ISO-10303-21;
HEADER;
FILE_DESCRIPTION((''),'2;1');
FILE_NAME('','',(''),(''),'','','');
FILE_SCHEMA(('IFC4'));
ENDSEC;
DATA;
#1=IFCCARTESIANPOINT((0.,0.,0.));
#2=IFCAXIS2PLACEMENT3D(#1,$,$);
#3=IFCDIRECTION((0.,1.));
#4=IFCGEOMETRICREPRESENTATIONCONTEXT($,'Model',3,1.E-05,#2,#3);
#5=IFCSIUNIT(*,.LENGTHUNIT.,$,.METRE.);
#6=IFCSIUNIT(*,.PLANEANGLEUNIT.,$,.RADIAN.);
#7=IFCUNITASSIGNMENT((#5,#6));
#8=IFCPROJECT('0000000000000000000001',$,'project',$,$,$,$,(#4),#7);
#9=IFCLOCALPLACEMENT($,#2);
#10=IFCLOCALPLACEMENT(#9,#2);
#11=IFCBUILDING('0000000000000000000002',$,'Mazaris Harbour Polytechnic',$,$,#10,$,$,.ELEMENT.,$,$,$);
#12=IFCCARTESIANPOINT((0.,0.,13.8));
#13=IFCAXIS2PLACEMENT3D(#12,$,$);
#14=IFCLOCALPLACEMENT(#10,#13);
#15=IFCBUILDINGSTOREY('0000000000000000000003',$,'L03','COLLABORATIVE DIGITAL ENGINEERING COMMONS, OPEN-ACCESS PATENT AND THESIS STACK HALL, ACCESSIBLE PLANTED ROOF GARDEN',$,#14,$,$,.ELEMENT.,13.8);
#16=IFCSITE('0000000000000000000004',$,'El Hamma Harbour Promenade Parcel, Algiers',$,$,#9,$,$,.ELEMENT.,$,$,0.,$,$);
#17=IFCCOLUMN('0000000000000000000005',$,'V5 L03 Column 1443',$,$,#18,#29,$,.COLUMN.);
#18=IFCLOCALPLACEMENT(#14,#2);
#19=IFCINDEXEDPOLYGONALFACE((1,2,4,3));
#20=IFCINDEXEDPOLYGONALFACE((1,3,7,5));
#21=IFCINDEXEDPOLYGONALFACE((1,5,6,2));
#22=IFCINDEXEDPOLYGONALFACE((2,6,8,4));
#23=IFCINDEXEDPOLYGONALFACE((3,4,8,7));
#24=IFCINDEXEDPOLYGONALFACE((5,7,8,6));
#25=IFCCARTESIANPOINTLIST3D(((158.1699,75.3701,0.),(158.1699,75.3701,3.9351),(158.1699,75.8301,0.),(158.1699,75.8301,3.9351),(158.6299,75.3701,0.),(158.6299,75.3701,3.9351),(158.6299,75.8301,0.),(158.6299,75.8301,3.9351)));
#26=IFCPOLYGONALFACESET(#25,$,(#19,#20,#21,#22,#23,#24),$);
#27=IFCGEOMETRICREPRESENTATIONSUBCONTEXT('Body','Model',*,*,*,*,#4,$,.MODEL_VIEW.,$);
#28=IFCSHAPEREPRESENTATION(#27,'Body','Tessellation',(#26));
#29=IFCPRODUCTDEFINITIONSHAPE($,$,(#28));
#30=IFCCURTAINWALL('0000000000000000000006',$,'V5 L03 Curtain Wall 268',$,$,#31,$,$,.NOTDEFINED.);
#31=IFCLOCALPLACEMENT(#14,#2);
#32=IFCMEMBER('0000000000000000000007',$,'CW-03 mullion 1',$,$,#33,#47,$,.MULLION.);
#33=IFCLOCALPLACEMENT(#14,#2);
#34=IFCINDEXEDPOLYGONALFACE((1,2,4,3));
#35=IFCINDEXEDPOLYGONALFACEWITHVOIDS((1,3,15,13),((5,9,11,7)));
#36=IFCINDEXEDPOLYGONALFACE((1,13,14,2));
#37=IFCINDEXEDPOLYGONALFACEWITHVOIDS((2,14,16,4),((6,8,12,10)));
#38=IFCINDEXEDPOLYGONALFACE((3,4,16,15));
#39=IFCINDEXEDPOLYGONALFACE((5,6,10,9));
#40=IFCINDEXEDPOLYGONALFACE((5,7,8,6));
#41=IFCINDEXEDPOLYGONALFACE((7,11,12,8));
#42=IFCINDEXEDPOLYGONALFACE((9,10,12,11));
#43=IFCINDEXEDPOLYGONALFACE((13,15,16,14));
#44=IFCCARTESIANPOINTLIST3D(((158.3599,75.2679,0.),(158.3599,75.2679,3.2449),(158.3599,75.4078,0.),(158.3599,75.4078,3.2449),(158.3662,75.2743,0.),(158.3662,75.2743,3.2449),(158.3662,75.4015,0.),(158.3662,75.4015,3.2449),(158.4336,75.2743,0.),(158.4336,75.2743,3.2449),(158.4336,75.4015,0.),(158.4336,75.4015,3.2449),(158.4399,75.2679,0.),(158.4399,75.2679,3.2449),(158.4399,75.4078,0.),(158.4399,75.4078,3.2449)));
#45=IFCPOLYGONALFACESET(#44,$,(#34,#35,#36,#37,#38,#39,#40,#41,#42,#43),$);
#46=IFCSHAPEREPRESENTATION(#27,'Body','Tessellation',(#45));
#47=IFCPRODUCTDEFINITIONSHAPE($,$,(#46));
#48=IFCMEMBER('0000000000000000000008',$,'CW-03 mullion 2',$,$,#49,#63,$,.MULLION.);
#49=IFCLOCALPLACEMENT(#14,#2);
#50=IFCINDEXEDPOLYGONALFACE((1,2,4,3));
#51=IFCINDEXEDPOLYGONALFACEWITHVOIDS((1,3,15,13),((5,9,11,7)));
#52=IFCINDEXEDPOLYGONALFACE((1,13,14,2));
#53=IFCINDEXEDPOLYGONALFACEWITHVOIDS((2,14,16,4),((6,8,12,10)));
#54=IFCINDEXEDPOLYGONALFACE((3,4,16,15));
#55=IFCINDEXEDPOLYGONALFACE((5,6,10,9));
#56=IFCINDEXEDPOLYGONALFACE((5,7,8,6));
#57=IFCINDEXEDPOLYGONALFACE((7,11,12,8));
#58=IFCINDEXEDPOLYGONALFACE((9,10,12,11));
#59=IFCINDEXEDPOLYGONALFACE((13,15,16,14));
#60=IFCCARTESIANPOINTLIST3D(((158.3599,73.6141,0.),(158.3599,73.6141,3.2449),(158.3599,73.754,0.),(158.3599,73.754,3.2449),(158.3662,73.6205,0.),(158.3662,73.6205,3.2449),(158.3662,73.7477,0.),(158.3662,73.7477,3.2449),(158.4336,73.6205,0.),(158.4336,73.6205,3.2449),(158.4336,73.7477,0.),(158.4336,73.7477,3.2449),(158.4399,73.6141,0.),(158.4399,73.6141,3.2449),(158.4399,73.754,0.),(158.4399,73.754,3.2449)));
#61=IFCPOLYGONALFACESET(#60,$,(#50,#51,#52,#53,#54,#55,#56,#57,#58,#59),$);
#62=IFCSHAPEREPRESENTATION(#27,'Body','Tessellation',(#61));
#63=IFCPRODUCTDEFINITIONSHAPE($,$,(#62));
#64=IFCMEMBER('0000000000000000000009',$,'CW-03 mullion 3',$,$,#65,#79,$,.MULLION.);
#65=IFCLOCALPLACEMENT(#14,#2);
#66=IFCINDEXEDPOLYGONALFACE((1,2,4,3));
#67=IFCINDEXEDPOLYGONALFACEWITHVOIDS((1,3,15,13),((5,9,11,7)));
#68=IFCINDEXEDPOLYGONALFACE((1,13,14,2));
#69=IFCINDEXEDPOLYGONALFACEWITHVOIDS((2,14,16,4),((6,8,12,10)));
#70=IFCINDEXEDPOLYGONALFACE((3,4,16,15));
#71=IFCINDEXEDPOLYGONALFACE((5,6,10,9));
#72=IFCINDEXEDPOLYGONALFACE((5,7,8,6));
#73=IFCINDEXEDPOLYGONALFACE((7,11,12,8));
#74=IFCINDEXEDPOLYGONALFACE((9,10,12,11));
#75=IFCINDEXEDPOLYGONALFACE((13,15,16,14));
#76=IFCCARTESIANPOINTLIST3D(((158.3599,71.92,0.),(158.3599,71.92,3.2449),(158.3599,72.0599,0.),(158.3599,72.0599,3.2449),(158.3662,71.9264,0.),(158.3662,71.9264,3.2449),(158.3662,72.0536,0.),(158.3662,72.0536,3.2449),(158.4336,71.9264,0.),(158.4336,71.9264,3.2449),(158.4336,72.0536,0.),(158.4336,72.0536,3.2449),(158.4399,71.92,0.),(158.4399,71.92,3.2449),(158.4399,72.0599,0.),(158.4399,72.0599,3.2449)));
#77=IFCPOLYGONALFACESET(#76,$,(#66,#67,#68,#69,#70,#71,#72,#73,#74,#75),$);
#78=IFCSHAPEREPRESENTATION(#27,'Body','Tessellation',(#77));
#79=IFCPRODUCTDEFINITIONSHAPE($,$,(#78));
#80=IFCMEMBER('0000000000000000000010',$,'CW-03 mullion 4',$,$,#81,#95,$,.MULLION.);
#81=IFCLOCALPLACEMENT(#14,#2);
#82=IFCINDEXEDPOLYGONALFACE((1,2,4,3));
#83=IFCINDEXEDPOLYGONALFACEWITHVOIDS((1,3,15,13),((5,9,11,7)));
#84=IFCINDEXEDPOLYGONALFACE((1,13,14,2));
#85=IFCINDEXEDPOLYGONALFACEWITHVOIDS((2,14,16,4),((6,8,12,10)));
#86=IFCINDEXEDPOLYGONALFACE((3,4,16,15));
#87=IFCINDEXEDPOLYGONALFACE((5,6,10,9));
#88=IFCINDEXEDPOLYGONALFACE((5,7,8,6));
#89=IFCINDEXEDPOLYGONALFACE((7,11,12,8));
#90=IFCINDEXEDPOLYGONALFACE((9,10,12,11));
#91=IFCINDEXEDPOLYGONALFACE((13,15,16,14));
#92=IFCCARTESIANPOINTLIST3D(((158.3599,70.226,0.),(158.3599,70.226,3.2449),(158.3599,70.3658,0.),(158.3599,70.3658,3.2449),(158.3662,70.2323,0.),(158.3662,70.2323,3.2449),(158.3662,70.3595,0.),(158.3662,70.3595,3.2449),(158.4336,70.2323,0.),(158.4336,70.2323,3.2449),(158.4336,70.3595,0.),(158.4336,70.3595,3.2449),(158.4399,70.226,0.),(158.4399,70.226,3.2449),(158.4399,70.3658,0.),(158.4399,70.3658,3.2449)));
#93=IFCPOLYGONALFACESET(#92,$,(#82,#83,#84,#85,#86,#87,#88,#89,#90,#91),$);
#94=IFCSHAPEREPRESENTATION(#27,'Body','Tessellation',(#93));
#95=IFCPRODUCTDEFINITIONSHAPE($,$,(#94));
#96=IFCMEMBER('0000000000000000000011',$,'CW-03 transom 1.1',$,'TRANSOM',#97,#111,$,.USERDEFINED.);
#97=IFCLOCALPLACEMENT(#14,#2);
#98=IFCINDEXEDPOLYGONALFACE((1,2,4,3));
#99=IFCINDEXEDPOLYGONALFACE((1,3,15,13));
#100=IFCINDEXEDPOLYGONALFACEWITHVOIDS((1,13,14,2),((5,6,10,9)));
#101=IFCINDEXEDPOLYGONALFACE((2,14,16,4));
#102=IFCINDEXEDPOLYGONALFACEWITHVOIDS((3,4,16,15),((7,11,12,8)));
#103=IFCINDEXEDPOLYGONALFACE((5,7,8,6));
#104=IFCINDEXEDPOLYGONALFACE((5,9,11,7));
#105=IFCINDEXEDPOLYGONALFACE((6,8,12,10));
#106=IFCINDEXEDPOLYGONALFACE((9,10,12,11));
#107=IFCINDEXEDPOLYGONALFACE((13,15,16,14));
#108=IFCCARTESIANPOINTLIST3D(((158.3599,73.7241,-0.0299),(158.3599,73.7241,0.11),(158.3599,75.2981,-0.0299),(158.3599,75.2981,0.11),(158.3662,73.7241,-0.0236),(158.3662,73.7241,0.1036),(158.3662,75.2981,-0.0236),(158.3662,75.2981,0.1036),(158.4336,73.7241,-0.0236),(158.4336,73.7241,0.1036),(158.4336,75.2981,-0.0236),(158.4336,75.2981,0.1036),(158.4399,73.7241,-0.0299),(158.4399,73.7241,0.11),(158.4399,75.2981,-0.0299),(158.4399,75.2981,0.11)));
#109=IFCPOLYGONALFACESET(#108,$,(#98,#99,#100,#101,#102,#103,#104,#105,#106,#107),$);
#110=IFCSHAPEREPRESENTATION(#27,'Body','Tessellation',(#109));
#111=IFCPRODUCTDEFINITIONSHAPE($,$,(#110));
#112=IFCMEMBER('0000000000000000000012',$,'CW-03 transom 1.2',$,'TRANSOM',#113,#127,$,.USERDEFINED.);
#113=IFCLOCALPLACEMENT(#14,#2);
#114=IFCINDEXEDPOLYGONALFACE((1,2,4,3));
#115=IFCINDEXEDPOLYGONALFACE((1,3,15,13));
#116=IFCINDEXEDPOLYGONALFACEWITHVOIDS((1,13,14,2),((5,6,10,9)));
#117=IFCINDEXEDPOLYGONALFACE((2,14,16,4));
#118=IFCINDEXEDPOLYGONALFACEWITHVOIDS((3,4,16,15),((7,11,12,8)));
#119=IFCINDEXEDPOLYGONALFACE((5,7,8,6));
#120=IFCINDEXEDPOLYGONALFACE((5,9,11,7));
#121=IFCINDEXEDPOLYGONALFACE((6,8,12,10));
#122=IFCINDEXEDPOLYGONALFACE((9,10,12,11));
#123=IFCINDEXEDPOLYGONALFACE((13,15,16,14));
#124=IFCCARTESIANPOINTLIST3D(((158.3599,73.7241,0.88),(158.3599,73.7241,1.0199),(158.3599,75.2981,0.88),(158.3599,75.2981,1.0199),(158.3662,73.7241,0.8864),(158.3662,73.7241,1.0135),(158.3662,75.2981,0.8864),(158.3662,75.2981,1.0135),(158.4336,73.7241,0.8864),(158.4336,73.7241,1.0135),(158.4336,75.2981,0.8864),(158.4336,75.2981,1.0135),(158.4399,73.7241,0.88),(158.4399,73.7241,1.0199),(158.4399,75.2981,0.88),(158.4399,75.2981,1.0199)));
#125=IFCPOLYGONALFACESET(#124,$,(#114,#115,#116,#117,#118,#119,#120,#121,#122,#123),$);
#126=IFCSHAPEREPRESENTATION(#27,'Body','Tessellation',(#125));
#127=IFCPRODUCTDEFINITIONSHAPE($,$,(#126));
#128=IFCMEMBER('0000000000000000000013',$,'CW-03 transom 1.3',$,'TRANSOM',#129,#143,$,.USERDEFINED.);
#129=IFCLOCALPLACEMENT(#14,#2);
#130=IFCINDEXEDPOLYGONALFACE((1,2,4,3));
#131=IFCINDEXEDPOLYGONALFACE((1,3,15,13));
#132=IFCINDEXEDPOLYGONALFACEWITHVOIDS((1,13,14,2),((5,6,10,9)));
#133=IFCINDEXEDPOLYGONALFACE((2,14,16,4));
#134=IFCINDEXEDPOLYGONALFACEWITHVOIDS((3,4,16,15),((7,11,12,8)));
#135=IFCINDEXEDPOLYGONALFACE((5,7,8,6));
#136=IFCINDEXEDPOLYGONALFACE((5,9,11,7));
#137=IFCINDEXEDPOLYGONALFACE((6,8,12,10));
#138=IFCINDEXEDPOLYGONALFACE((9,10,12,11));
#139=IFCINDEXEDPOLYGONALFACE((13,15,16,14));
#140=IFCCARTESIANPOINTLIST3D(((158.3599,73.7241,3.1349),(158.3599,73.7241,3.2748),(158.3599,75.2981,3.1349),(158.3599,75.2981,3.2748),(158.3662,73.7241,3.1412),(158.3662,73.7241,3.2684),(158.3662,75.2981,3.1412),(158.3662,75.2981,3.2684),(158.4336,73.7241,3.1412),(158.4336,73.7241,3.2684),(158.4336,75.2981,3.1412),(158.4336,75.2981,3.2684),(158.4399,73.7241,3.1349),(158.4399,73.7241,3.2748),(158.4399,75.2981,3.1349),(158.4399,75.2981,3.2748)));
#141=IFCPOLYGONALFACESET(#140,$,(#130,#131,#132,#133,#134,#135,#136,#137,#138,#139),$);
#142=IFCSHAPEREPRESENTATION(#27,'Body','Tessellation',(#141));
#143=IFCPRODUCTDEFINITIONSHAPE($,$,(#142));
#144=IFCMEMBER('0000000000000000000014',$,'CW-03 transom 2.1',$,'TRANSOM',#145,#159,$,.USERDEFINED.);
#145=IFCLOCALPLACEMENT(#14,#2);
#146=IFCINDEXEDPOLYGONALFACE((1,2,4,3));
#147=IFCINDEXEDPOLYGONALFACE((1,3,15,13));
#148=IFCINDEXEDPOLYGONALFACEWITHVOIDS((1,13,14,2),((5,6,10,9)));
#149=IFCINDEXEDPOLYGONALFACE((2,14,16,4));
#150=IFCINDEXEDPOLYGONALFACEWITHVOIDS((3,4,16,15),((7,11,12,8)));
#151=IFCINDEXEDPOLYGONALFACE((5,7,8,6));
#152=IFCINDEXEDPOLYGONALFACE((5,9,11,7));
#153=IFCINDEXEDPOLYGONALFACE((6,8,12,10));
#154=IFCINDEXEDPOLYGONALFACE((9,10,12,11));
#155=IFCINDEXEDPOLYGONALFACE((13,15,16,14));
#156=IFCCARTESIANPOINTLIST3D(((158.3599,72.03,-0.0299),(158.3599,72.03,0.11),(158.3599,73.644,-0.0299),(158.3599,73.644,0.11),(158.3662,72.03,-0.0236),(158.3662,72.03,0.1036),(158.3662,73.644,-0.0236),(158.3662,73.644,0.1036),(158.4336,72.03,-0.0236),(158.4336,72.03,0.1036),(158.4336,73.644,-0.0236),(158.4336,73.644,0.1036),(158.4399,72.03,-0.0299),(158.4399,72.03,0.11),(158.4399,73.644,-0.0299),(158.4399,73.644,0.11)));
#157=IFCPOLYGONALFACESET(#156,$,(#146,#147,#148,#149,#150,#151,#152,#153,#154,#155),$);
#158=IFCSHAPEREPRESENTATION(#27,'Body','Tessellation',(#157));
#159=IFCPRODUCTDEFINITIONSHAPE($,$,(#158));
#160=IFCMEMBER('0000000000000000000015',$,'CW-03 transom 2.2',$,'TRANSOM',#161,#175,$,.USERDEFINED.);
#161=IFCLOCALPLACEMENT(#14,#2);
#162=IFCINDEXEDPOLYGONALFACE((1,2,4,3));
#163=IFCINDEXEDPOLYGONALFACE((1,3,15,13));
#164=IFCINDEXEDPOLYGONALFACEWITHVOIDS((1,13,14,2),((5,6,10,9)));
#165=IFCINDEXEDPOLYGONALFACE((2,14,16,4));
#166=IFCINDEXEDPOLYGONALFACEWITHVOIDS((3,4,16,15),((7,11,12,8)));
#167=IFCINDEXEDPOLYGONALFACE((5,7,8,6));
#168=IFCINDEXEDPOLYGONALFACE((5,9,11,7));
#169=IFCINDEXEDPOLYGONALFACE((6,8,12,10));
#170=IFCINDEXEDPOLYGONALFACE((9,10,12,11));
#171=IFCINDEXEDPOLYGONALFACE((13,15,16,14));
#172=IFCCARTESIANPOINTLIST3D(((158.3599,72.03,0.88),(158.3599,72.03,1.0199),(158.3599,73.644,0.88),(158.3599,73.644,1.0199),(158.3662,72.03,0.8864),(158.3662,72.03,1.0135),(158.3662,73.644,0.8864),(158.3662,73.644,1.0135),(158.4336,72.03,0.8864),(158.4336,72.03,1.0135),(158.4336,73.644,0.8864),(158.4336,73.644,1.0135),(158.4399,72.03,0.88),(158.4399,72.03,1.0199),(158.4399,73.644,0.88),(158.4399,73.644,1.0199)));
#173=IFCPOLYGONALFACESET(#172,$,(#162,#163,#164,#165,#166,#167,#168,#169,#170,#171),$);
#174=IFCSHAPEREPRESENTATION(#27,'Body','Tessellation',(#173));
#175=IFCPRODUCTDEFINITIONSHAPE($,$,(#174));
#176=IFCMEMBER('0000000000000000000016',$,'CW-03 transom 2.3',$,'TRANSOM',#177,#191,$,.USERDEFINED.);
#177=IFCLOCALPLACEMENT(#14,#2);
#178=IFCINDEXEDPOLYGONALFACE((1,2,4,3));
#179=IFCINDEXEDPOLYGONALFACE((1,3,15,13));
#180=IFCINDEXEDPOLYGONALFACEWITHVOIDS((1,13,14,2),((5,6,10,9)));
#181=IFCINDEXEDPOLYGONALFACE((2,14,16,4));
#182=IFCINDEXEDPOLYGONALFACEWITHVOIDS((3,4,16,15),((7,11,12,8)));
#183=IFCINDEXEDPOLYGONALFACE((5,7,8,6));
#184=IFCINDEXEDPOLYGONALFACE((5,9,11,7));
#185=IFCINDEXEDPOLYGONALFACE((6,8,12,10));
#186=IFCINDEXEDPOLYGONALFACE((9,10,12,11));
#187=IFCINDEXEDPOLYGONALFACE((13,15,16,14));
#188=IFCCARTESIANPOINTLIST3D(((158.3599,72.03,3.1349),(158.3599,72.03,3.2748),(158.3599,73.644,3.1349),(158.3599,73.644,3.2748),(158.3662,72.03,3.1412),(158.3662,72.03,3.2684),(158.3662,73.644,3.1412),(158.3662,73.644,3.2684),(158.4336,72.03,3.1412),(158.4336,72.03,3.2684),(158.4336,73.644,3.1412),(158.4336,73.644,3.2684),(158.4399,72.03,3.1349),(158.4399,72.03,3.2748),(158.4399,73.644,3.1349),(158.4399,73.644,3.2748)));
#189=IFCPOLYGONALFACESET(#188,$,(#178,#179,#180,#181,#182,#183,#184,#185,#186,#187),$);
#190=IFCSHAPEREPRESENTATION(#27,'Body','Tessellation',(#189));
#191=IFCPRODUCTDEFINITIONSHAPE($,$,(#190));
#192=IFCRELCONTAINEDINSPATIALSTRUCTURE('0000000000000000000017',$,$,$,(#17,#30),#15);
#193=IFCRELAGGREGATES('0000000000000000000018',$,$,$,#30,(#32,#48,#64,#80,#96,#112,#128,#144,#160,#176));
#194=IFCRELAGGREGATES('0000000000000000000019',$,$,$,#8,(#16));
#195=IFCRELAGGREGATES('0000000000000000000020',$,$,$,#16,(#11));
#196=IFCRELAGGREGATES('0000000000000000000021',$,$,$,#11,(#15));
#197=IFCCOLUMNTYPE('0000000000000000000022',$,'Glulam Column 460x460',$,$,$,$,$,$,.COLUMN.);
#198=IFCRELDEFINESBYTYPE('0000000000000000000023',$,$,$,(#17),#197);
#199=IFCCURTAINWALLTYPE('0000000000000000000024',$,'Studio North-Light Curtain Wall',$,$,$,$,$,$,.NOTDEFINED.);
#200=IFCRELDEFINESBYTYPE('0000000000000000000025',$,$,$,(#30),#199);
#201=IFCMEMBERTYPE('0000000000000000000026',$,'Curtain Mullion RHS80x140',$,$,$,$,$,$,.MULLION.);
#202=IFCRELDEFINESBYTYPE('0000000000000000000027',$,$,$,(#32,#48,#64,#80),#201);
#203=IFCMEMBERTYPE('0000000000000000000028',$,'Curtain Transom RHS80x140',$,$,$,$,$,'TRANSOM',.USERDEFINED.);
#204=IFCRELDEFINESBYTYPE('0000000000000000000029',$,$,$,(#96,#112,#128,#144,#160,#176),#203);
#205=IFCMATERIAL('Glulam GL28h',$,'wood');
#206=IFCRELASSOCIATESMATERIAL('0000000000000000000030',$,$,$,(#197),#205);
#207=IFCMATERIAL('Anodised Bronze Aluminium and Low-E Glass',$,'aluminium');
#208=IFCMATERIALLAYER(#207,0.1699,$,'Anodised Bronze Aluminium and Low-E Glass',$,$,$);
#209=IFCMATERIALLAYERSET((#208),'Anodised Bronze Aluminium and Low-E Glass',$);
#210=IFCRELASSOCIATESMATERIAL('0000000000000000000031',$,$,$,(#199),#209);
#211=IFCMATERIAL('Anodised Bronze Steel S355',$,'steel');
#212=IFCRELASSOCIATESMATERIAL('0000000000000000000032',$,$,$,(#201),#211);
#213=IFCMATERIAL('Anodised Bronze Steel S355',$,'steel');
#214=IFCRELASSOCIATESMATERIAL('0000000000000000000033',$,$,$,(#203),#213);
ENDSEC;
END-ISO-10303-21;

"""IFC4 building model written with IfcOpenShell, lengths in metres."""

from ifc_helpers import new_model, si_unit, direction, frame, origin, origin_2d, place, context, subcontext, project, spatial, rectangle, hollow_rectangle, extrude, material, layer, layer_set, material_profile, profile_set, type_object, element, aggregate, save


model = new_model("IFC4")

# Units and contexts
model_context = context("Model", 3, precision=1e-05, world=origin(), true_north=direction((0.0, 1.0)))
body_context = subcontext(model_context, "Body", "Model", "MODEL_VIEW")
ifc_project = project(units=[si_unit("LENGTHUNIT", "METRE"), si_unit("PLANEANGLEUNIT", "RADIAN")], contexts=[model_context])

# Site, building, storey
site_placement = place(None, origin())
site = spatial("IfcSite", under=ifc_project, at=site_placement, Name="El Hamma Harbour Promenade Parcel, Algiers", CompositionType="ELEMENT", RefElevation=0.0)
building_placement = place(site_placement, origin())
building = spatial("IfcBuilding", under=site, at=building_placement, Name="Mazaris Harbour Polytechnic", CompositionType="ELEMENT")
storey_placement = place(building_placement, frame((0.0, 0.0, 13.8)))
storey = spatial("IfcBuildingStorey", under=building, at=storey_placement, Name="L03", Description="COLLABORATIVE DIGITAL ENGINEERING COMMONS, OPEN-ACCESS PATENT AND THESIS STACK HALL, ACCESSIBLE PLANTED ROOF GARDEN", CompositionType="ELEMENT", Elevation=13.8)

# Column
ifc_material_1 = material(Name="Glulam GL28h", Category="wood")
ifc_material_profile_1 = material_profile(ifc_material_1, rectangle(XDim=0.46, YDim=0.46, at=origin_2d()), Name="RECT460x460")
ifc_profile_set_1 = profile_set([ifc_material_profile_1], Name="Glulam GL28h")
column_type = type_object("IfcColumnType", Name="Glulam Column 460x460", PredefinedType="COLUMN", material=ifc_profile_set_1)
column_placement = place(storey_placement, frame((158.3999, 75.6001, 0.0), z_axis=(0.0, 0.0, 1.0), x_axis=(1.0, 0.0, 0.0)))
element("IfcColumn", 1, at=column_placement, inside=storey, type_object=column_type, Name="V5 L03 Column 1443", PredefinedType="COLUMN", context=body_context, shape_type="SweptSolid", body=[
    extrude(rectangle(XDim=0.46, YDim=0.46, at=origin_2d()), origin(), (0.0, 0.0, 1.0), 3.9351),
])

# Curtain wall, members
ifc_material_2 = material(Name="Anodised Bronze Aluminium and Low-E Glass", Category="aluminium")
ifc_layer_1 = layer(ifc_material_2, 0.1699, Name="Anodised Bronze Aluminium and Low-E Glass")
ifc_layer_set_1 = layer_set([ifc_layer_1], Name="Anodised Bronze Aluminium and Low-E Glass")
curtain_wall_type = type_object("IfcCurtainWallType", Name="Studio North-Light Curtain Wall", PredefinedType="NOTDEFINED", material=ifc_layer_set_1)
curtain_wall_placement = place(storey_placement, origin())
curtain_wall = element("IfcCurtainWall", 2, at=curtain_wall_placement, inside=storey, type_object=curtain_wall_type, Name="V5 L03 Curtain Wall 268", PredefinedType="NOTDEFINED")
ifc_material_3 = material(Name="Anodised Bronze Steel S355", Category="steel")
ifc_material_profile_2 = material_profile(ifc_material_3, hollow_rectangle(XDim=0.0801, YDim=0.1399, WallThickness=0.0063, at=origin_2d()), Name="RHS 80x140x6.3")
ifc_profile_set_2 = profile_set([ifc_material_profile_2], Name="Anodised Bronze Steel S355")
member_type_1 = type_object("IfcMemberType", Name="Curtain Mullion RHS80x140", PredefinedType="MULLION", material=ifc_profile_set_2)
member_1_placement = place(storey_placement, frame((158.3999, 75.3379, 0.0), z_axis=(0.0, 0.0, 1.0), x_axis=(1.0, 0.0, 0.0)))
member_1 = element("IfcMember", 3, at=member_1_placement, type_object=member_type_1, Name="CW-03 mullion 1", PredefinedType="MULLION", context=body_context, shape_type="SweptSolid", body=[
    extrude(hollow_rectangle(XDim=0.0801, YDim=0.1399, WallThickness=0.0063, at=origin_2d()), origin(), (0.0, 0.0, 1.0), 3.2449),
])
member_2_placement = place(storey_placement, frame((158.3999, 73.6841, 0.0), z_axis=(0.0, 0.0, 1.0), x_axis=(1.0, 0.0, 0.0)))
member_2 = element("IfcMember", 4, at=member_2_placement, type_object=member_type_1, Name="CW-03 mullion 2", PredefinedType="MULLION", context=body_context, shape_type="SweptSolid", body=[
    extrude(hollow_rectangle(XDim=0.0801, YDim=0.1399, WallThickness=0.0063, at=origin_2d()), origin(), (0.0, 0.0, 1.0), 3.2449),
])
member_3_placement = place(storey_placement, frame((158.3999, 71.99, 0.0), z_axis=(0.0, 0.0, 1.0), x_axis=(1.0, 0.0, 0.0)))
member_3 = element("IfcMember", 5, at=member_3_placement, type_object=member_type_1, Name="CW-03 mullion 3", PredefinedType="MULLION", context=body_context, shape_type="SweptSolid", body=[
    extrude(hollow_rectangle(XDim=0.0801, YDim=0.1399, WallThickness=0.0063, at=origin_2d()), origin(), (0.0, 0.0, 1.0), 3.2449),
])
member_4_placement = place(storey_placement, frame((158.3999, 70.2959, 0.0), z_axis=(0.0, 0.0, 1.0), x_axis=(1.0, 0.0, 0.0)))
member_4 = element("IfcMember", 6, at=member_4_placement, type_object=member_type_1, Name="CW-03 mullion 4", PredefinedType="MULLION", context=body_context, shape_type="SweptSolid", body=[
    extrude(hollow_rectangle(XDim=0.0801, YDim=0.1399, WallThickness=0.0063, at=origin_2d()), origin(), (0.0, 0.0, 1.0), 3.2449),
])
ifc_material_4 = material(Name="Anodised Bronze Steel S355", Category="steel")
ifc_material_profile_3 = material_profile(ifc_material_4, hollow_rectangle(XDim=0.0801, YDim=0.1399, WallThickness=0.0063, at=origin_2d()), Name="RHS 80x140x6.3")
ifc_profile_set_3 = profile_set([ifc_material_profile_3], Name="Anodised Bronze Steel S355")
member_type_2 = type_object("IfcMemberType", Name="Curtain Transom RHS80x140", ElementType="TRANSOM", PredefinedType="USERDEFINED", material=ifc_profile_set_3)
member_5_placement = place(storey_placement, frame((158.3999, 75.2981, 0.04), z_axis=(0.0, -1.0, 0.0), x_axis=(1.0, 0.0, 0.0)))
member_5 = element("IfcMember", 7, at=member_5_placement, type_object=member_type_2, Name="CW-03 transom 1.1", ObjectType="TRANSOM", PredefinedType="USERDEFINED", context=body_context, shape_type="SweptSolid", body=[
    extrude(hollow_rectangle(XDim=0.0801, YDim=0.1399, WallThickness=0.0063, at=origin_2d()), origin(), (0.0, 0.0, 1.0), 1.574),
])
member_6_placement = place(storey_placement, frame((158.3999, 75.2981, 0.95), z_axis=(0.0, -1.0, 0.0), x_axis=(1.0, 0.0, 0.0)))
member_6 = element("IfcMember", 8, at=member_6_placement, type_object=member_type_2, Name="CW-03 transom 1.2", ObjectType="TRANSOM", PredefinedType="USERDEFINED", context=body_context, shape_type="SweptSolid", body=[
    extrude(hollow_rectangle(XDim=0.0801, YDim=0.1399, WallThickness=0.0063, at=origin_2d()), origin(), (0.0, 0.0, 1.0), 1.574),
])
member_7_placement = place(storey_placement, frame((158.3999, 75.2981, 3.2048), z_axis=(0.0, -1.0, 0.0), x_axis=(1.0, 0.0, 0.0)))
member_7 = element("IfcMember", 9, at=member_7_placement, type_object=member_type_2, Name="CW-03 transom 1.3", ObjectType="TRANSOM", PredefinedType="USERDEFINED", context=body_context, shape_type="SweptSolid", body=[
    extrude(hollow_rectangle(XDim=0.0801, YDim=0.1399, WallThickness=0.0063, at=origin_2d()), origin(), (0.0, 0.0, 1.0), 1.574),
])
member_8_placement = place(storey_placement, frame((158.3999, 73.644, 0.04), z_axis=(0.0, -1.0, 0.0), x_axis=(1.0, 0.0, 0.0)))
member_8 = element("IfcMember", 10, at=member_8_placement, type_object=member_type_2, Name="CW-03 transom 2.1", ObjectType="TRANSOM", PredefinedType="USERDEFINED", context=body_context, shape_type="SweptSolid", body=[
    extrude(hollow_rectangle(XDim=0.0801, YDim=0.1399, WallThickness=0.0063, at=origin_2d()), origin(), (0.0, 0.0, 1.0), 1.614),
])
member_9_placement = place(storey_placement, frame((158.3999, 73.644, 0.95), z_axis=(0.0, -1.0, 0.0), x_axis=(1.0, 0.0, 0.0)))
member_9 = element("IfcMember", 11, at=member_9_placement, type_object=member_type_2, Name="CW-03 transom 2.2", ObjectType="TRANSOM", PredefinedType="USERDEFINED", context=body_context, shape_type="SweptSolid", body=[
    extrude(hollow_rectangle(XDim=0.0801, YDim=0.1399, WallThickness=0.0063, at=origin_2d()), origin(), (0.0, 0.0, 1.0), 1.614),
])
member_10_placement = place(storey_placement, frame((158.3999, 73.644, 3.2048), z_axis=(0.0, -1.0, 0.0), x_axis=(1.0, 0.0, 0.0)))
member_10 = element("IfcMember", 12, at=member_10_placement, type_object=member_type_2, Name="CW-03 transom 2.3", ObjectType="TRANSOM", PredefinedType="USERDEFINED", context=body_context, shape_type="SweptSolid", body=[
    extrude(hollow_rectangle(XDim=0.0801, YDim=0.1399, WallThickness=0.0063, at=origin_2d()), origin(), (0.0, 0.0, 1.0), 1.614),
])

aggregate(curtain_wall, [member_1, member_2, member_3, member_4, member_5, member_6, member_7, member_8, member_9, member_10])

save(model, "model.ifc")
